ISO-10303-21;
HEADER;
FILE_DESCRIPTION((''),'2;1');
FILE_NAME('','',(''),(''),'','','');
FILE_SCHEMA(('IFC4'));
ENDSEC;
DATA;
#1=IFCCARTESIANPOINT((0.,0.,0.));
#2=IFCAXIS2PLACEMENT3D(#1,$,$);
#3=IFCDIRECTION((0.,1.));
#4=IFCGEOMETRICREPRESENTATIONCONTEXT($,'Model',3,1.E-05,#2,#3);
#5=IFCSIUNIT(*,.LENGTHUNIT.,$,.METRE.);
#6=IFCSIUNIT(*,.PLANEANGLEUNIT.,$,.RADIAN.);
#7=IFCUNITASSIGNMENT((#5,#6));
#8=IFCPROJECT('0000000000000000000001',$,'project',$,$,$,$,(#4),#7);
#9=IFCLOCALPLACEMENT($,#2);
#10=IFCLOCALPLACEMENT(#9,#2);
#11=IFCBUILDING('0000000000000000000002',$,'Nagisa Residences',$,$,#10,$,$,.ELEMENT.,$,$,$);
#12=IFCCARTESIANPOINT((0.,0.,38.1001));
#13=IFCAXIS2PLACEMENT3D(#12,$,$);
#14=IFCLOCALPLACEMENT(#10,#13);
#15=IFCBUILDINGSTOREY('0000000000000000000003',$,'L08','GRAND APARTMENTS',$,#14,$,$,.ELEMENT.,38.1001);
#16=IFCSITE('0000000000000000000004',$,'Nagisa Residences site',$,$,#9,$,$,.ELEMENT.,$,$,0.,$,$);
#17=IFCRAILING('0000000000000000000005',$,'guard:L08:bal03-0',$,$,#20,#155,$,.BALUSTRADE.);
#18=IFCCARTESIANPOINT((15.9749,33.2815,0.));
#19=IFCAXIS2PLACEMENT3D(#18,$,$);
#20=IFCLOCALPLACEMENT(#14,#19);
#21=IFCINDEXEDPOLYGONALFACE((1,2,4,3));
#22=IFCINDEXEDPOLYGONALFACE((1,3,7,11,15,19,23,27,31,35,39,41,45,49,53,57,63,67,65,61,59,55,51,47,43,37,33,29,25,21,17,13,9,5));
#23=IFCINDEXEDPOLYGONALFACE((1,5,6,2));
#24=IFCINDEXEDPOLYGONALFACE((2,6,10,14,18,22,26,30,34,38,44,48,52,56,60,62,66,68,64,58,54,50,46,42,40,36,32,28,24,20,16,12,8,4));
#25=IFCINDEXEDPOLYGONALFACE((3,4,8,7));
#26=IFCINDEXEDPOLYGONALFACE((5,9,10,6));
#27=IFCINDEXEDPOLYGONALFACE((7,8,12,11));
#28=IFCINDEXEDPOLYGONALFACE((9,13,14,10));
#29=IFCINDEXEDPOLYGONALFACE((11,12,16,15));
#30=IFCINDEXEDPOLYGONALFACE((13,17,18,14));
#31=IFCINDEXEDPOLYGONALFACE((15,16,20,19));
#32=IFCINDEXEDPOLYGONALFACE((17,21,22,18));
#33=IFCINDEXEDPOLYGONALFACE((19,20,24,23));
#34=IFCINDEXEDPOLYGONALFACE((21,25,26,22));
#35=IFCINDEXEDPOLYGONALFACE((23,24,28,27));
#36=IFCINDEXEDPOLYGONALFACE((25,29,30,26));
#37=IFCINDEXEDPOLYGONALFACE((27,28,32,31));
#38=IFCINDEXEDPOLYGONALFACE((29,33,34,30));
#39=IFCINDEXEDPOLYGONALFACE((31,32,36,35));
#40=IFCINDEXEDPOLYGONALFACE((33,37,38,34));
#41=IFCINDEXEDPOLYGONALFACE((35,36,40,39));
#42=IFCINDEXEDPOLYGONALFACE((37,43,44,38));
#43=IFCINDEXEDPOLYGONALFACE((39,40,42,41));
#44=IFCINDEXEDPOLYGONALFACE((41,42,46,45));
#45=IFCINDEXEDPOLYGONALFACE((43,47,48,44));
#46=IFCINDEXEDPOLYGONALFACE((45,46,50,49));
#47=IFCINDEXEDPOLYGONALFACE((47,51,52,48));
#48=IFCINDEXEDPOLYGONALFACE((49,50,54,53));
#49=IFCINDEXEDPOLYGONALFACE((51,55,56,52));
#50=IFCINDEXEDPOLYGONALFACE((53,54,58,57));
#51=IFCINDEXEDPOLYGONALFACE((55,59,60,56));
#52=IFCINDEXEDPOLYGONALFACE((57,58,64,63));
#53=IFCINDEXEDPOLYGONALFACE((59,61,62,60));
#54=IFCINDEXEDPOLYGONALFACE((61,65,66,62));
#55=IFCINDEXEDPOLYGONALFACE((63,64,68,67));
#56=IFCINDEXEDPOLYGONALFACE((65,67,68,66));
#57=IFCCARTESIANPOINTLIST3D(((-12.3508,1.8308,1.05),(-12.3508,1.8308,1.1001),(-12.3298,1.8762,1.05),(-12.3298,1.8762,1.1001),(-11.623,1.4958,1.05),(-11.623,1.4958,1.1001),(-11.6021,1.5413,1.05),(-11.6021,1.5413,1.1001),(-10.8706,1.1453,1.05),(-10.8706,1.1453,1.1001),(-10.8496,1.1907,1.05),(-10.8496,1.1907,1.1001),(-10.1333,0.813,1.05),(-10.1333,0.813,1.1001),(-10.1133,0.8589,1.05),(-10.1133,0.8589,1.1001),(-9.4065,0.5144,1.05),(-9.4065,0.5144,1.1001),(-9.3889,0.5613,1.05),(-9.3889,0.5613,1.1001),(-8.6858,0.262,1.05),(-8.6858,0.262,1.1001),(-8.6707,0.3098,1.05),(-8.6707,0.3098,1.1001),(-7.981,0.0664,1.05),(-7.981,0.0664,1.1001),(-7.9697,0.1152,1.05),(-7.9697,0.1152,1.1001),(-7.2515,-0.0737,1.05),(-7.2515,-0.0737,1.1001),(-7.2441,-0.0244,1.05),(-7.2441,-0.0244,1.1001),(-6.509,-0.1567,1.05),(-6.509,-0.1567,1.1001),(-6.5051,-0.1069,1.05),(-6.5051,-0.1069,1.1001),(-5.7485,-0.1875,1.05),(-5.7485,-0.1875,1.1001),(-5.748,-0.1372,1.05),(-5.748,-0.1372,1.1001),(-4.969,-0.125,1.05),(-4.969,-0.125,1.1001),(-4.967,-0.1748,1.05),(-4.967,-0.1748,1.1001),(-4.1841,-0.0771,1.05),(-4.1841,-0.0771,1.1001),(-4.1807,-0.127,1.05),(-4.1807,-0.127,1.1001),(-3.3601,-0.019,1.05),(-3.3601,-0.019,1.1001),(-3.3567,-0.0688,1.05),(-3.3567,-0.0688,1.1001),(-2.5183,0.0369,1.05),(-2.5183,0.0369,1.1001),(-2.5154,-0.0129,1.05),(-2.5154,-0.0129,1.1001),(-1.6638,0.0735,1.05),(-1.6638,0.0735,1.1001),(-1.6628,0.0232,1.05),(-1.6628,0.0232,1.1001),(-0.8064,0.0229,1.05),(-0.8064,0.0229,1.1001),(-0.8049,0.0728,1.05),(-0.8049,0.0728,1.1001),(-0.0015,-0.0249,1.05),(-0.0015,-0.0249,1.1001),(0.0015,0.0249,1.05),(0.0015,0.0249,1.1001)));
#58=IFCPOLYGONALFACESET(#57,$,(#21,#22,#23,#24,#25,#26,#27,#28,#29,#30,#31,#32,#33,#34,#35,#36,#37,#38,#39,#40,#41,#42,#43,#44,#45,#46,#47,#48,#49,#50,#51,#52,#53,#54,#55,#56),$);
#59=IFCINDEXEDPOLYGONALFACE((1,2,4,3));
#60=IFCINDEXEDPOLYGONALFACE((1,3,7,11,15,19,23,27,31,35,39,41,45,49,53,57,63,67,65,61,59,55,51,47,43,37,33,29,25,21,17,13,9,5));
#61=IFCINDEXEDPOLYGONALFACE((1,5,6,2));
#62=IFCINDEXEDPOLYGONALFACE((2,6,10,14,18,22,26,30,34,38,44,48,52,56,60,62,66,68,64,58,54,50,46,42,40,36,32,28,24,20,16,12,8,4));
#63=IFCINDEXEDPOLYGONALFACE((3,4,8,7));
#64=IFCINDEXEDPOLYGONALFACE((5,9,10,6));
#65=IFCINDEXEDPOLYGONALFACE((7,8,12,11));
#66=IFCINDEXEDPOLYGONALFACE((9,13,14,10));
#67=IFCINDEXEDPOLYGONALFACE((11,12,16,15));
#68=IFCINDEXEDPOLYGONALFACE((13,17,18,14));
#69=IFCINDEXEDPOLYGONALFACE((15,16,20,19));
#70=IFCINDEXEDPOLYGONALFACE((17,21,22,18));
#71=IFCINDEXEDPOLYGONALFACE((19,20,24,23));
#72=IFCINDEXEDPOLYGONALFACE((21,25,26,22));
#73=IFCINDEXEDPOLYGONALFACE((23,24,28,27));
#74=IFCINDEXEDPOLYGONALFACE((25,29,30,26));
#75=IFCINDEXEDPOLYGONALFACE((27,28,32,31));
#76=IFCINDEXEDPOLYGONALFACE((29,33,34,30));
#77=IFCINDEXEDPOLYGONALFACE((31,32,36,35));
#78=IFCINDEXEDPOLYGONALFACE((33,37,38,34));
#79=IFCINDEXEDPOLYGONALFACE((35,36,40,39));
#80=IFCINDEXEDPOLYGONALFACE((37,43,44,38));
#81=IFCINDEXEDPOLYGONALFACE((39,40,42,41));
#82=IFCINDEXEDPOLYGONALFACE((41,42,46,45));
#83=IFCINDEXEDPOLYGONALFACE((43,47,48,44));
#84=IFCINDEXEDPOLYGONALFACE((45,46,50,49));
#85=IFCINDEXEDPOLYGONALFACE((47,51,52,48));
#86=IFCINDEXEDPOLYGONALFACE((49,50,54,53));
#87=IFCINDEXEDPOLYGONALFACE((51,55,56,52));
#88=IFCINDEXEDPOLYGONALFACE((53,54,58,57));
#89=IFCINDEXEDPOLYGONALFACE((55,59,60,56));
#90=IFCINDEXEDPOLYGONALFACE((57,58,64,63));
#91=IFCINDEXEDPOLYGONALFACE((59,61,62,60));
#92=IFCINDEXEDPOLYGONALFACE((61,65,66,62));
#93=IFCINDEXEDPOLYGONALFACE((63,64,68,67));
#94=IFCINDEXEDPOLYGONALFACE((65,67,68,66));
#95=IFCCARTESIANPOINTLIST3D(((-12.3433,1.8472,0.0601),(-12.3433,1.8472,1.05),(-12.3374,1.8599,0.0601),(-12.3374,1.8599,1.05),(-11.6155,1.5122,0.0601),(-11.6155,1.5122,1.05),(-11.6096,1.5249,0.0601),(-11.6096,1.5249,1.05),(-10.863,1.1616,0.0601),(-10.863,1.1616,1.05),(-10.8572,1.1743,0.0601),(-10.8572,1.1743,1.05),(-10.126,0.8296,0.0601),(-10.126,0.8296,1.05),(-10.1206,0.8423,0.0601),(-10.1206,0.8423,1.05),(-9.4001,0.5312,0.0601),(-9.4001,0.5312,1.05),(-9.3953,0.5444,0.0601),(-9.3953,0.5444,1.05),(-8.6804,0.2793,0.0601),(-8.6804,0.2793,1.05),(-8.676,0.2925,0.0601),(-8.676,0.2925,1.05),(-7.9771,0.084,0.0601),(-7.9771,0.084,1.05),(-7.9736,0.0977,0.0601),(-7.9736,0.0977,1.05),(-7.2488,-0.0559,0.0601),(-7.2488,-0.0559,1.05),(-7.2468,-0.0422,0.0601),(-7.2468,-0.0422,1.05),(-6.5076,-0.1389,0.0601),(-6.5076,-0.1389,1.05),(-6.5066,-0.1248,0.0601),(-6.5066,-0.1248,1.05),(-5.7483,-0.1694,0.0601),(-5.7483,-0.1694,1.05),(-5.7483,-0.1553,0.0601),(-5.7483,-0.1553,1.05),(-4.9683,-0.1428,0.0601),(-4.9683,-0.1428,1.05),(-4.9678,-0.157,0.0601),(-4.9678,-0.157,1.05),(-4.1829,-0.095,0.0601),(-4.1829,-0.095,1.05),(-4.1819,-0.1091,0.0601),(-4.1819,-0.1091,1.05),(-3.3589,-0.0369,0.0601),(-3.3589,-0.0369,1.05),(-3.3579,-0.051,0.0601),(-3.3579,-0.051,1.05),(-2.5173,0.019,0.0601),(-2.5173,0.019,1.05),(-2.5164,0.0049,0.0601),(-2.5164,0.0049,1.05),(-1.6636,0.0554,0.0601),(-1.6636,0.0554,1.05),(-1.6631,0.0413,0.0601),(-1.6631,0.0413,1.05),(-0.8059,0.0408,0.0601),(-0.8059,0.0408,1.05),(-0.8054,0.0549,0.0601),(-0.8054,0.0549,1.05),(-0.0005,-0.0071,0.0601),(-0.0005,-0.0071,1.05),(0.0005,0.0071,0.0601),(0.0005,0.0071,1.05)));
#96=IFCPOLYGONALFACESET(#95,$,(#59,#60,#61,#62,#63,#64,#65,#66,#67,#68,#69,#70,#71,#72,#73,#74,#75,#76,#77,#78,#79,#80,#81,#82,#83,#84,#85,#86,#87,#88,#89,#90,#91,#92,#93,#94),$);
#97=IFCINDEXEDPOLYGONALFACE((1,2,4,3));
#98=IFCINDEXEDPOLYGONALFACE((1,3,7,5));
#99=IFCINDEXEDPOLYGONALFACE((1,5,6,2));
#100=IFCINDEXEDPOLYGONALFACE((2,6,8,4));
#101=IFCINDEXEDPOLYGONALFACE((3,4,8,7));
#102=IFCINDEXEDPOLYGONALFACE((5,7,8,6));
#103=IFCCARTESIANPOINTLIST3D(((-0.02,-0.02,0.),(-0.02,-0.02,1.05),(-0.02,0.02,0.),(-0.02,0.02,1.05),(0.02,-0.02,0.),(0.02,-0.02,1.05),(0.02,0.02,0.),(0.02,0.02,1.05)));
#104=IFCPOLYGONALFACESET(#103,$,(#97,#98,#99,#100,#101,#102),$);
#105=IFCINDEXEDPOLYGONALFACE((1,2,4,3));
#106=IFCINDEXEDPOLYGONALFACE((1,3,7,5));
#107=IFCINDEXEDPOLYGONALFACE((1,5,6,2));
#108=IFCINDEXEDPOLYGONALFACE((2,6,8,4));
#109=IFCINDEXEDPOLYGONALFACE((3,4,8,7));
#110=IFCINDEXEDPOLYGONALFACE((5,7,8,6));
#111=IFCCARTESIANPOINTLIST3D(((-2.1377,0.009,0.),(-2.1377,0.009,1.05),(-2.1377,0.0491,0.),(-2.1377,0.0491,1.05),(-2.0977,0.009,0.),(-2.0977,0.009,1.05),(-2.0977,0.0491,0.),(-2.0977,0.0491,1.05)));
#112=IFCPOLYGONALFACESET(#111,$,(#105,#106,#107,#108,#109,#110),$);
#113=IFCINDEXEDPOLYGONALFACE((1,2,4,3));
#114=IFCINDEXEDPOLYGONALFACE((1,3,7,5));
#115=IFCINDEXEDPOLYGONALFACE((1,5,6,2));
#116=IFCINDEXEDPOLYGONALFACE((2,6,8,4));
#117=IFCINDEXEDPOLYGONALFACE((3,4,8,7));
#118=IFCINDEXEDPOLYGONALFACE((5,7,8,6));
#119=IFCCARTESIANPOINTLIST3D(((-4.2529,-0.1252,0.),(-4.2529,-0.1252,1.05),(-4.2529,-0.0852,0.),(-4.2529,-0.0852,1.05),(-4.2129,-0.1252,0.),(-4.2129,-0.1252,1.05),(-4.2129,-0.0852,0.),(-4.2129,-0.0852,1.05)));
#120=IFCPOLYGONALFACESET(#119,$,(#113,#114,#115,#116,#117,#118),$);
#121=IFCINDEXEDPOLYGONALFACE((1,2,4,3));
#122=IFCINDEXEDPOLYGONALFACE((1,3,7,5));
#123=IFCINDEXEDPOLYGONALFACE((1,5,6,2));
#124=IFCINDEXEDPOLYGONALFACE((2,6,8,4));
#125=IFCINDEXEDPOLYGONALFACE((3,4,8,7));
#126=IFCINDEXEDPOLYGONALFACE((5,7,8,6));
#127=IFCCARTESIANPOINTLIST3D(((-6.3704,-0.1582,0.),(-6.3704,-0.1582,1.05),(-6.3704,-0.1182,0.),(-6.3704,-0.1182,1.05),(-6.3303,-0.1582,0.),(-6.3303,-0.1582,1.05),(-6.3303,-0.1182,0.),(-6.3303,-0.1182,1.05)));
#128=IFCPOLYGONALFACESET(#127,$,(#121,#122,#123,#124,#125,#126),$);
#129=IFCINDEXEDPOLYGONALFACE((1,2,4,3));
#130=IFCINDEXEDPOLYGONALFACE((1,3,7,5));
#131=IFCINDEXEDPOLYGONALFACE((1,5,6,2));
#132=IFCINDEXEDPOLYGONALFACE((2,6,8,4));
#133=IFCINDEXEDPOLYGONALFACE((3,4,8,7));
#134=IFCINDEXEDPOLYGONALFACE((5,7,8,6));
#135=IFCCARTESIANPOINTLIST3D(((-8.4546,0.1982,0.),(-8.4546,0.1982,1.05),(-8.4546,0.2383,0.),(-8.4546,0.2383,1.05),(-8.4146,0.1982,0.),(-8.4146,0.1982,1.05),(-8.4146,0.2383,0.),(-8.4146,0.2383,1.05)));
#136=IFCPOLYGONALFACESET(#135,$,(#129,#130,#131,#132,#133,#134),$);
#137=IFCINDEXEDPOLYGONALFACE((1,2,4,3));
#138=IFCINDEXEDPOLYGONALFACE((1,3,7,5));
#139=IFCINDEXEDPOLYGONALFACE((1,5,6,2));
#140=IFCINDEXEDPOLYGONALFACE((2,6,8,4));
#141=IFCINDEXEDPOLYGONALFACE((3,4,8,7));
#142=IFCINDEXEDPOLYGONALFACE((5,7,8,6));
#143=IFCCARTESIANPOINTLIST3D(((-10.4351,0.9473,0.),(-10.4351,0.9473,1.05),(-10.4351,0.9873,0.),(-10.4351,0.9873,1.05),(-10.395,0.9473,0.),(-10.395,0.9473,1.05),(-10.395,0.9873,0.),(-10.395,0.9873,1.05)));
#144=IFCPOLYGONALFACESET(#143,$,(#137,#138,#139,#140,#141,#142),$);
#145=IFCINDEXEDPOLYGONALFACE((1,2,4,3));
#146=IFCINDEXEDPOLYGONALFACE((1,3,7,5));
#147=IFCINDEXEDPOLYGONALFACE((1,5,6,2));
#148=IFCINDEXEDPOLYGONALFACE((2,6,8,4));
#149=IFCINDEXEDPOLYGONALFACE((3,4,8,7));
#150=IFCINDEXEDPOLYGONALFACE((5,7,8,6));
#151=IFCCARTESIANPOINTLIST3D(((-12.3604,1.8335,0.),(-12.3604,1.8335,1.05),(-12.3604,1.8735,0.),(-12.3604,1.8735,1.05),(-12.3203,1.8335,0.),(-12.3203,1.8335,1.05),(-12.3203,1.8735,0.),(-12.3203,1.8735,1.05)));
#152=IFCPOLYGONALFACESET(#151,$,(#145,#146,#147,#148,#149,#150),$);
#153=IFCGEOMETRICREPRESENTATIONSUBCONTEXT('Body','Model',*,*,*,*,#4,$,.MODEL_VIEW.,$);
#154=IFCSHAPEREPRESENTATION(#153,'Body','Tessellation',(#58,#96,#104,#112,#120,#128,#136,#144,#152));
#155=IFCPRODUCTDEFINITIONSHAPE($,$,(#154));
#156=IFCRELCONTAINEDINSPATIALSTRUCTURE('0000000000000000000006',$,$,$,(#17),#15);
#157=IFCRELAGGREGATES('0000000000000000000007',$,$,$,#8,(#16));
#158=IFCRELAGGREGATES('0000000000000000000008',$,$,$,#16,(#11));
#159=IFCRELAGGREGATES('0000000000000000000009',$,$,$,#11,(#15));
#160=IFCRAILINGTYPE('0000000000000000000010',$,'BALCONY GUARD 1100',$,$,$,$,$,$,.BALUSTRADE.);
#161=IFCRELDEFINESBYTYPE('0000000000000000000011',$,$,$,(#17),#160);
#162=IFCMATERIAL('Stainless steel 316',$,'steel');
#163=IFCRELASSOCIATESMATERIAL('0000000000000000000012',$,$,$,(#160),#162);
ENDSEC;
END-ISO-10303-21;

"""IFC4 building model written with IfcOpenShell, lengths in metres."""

from ifc_helpers import new_model, si_unit, direction, frame, origin, origin_2d, place, context, subcontext, project, spatial, polyline, rectangle, outline, extrude, material, type_object, element, save


model = new_model("IFC4")

# Units and contexts
model_context = context("Model", 3, precision=1e-05, world=origin(), true_north=direction((0.0, 1.0)))
body_context = subcontext(model_context, "Body", "Model", "MODEL_VIEW")
ifc_project = project(units=[si_unit("LENGTHUNIT", "METRE"), si_unit("PLANEANGLEUNIT", "RADIAN")], contexts=[model_context])

# Site, building, storey
site_placement = place(None, origin())
site = spatial("IfcSite", under=ifc_project, at=site_placement, Name="Nagisa Residences site", CompositionType="ELEMENT", RefElevation=0.0)
building_placement = place(site_placement, origin())
building = spatial("IfcBuilding", under=site, at=building_placement, Name="Nagisa Residences", CompositionType="ELEMENT")
storey_placement = place(building_placement, frame((0.0, 0.0, 38.1001)))
storey = spatial("IfcBuildingStorey", under=building, at=storey_placement, Name="L08", Description="GRAND APARTMENTS", CompositionType="ELEMENT", Elevation=38.1001)

# Railing
ifc_material_1 = material(Name="Stainless steel 316", Category="steel")
railing_type = type_object("IfcRailingType", Name="BALCONY GUARD 1100", PredefinedType="BALUSTRADE", material=ifc_material_1)
railing_1_placement = place(storey_placement, frame((15.9749, 33.2815, 0.0)))
element("IfcRailing", 1, at=railing_1_placement, inside=storey, type_object=railing_type, Name="guard:L08:bal03-0", PredefinedType="BALUSTRADE", context=body_context, shape_type="SweptSolid", body=[
    extrude(outline(polyline([(-0.8064, 0.0229), (-0.0015, -0.0249), (0.0015, 0.0249), (-0.8049, 0.0728), (-1.6638, 0.0735), (-2.5183, 0.0369), (-3.3601, -0.019), (-4.1841, -0.0771), (-4.969, -0.125), (-5.748, -0.1372), (-6.5051, -0.1069), (-7.2441, -0.0244), (-7.9697, 0.1152), (-8.6707, 0.3098), (-9.3889, 0.5613), (-10.1133, 0.8589), (-10.8496, 1.1907), (-11.6021, 1.5413), (-12.3298, 1.8762), (-12.3508, 1.8308), (-11.623, 1.4958), (-10.8706, 1.1453), (-10.1333, 0.813), (-9.4065, 0.5144), (-8.6858, 0.262), (-7.981, 0.0664), (-7.2515, -0.0737), (-6.509, -0.1567), (-5.7485, -0.1875), (-4.967, -0.1748), (-4.1807, -0.127), (-3.3567, -0.0688), (-2.5154, -0.0129), (-1.6628, 0.0232), (-0.8064, 0.0229)])), frame((0.0, 0.0, 1.05)), (0.0, 0.0, 1.0), 0.05),
    extrude(outline(polyline([(-0.8059, 0.0408), (-0.0005, -0.0071), (0.0005, 0.0071), (-0.8054, 0.0549), (-1.6636, 0.0554), (-2.5173, 0.019), (-3.3589, -0.0369), (-4.1829, -0.095), (-4.9683, -0.1428), (-5.7483, -0.1553), (-6.5066, -0.1248), (-7.2468, -0.0422), (-7.9736, 0.0977), (-8.676, 0.2925), (-9.3953, 0.5444), (-10.1206, 0.8423), (-10.8572, 1.1743), (-11.6096, 1.5249), (-12.3374, 1.8599), (-12.3433, 1.8472), (-11.6155, 1.5122), (-10.863, 1.1616), (-10.126, 0.8296), (-9.4001, 0.5312), (-8.6804, 0.2793), (-7.9771, 0.084), (-7.2488, -0.0559), (-6.5076, -0.1389), (-5.7483, -0.1694), (-4.9678, -0.157), (-4.1819, -0.1091), (-3.3579, -0.051), (-2.5164, 0.0049), (-1.6631, 0.0413), (-0.8059, 0.0408)])), frame((0.0, 0.0, 0.0601)), (0.0, 0.0, 1.0), 0.99),
    extrude(rectangle(XDim=0.04, YDim=0.04, at=origin_2d()), origin(), (0.0, 0.0, 1.0), 1.05),
    extrude(rectangle(XDim=0.04, YDim=0.04, at=origin_2d()), frame((-2.1177, 0.0291, 0.0)), (0.0, 0.0, 1.0), 1.05),
    extrude(rectangle(XDim=0.04, YDim=0.04, at=origin_2d()), frame((-4.2329, -0.1052, 0.0)), (0.0, 0.0, 1.0), 1.05),
    extrude(rectangle(XDim=0.04, YDim=0.04, at=origin_2d()), frame((-6.3503, -0.1382, 0.0)), (0.0, 0.0, 1.0), 1.05),
    extrude(rectangle(XDim=0.04, YDim=0.04, at=origin_2d()), frame((-8.4346, 0.2183, 0.0)), (0.0, 0.0, 1.0), 1.05),
    extrude(rectangle(XDim=0.04, YDim=0.04, at=origin_2d()), frame((-10.415, 0.9673, 0.0)), (0.0, 0.0, 1.0), 1.05),
    extrude(rectangle(XDim=0.04, YDim=0.04, at=origin_2d()), frame((-12.3403, 1.8535, 0.0)), (0.0, 0.0, 1.0), 1.05),
])

save(model, "model.ifc")
